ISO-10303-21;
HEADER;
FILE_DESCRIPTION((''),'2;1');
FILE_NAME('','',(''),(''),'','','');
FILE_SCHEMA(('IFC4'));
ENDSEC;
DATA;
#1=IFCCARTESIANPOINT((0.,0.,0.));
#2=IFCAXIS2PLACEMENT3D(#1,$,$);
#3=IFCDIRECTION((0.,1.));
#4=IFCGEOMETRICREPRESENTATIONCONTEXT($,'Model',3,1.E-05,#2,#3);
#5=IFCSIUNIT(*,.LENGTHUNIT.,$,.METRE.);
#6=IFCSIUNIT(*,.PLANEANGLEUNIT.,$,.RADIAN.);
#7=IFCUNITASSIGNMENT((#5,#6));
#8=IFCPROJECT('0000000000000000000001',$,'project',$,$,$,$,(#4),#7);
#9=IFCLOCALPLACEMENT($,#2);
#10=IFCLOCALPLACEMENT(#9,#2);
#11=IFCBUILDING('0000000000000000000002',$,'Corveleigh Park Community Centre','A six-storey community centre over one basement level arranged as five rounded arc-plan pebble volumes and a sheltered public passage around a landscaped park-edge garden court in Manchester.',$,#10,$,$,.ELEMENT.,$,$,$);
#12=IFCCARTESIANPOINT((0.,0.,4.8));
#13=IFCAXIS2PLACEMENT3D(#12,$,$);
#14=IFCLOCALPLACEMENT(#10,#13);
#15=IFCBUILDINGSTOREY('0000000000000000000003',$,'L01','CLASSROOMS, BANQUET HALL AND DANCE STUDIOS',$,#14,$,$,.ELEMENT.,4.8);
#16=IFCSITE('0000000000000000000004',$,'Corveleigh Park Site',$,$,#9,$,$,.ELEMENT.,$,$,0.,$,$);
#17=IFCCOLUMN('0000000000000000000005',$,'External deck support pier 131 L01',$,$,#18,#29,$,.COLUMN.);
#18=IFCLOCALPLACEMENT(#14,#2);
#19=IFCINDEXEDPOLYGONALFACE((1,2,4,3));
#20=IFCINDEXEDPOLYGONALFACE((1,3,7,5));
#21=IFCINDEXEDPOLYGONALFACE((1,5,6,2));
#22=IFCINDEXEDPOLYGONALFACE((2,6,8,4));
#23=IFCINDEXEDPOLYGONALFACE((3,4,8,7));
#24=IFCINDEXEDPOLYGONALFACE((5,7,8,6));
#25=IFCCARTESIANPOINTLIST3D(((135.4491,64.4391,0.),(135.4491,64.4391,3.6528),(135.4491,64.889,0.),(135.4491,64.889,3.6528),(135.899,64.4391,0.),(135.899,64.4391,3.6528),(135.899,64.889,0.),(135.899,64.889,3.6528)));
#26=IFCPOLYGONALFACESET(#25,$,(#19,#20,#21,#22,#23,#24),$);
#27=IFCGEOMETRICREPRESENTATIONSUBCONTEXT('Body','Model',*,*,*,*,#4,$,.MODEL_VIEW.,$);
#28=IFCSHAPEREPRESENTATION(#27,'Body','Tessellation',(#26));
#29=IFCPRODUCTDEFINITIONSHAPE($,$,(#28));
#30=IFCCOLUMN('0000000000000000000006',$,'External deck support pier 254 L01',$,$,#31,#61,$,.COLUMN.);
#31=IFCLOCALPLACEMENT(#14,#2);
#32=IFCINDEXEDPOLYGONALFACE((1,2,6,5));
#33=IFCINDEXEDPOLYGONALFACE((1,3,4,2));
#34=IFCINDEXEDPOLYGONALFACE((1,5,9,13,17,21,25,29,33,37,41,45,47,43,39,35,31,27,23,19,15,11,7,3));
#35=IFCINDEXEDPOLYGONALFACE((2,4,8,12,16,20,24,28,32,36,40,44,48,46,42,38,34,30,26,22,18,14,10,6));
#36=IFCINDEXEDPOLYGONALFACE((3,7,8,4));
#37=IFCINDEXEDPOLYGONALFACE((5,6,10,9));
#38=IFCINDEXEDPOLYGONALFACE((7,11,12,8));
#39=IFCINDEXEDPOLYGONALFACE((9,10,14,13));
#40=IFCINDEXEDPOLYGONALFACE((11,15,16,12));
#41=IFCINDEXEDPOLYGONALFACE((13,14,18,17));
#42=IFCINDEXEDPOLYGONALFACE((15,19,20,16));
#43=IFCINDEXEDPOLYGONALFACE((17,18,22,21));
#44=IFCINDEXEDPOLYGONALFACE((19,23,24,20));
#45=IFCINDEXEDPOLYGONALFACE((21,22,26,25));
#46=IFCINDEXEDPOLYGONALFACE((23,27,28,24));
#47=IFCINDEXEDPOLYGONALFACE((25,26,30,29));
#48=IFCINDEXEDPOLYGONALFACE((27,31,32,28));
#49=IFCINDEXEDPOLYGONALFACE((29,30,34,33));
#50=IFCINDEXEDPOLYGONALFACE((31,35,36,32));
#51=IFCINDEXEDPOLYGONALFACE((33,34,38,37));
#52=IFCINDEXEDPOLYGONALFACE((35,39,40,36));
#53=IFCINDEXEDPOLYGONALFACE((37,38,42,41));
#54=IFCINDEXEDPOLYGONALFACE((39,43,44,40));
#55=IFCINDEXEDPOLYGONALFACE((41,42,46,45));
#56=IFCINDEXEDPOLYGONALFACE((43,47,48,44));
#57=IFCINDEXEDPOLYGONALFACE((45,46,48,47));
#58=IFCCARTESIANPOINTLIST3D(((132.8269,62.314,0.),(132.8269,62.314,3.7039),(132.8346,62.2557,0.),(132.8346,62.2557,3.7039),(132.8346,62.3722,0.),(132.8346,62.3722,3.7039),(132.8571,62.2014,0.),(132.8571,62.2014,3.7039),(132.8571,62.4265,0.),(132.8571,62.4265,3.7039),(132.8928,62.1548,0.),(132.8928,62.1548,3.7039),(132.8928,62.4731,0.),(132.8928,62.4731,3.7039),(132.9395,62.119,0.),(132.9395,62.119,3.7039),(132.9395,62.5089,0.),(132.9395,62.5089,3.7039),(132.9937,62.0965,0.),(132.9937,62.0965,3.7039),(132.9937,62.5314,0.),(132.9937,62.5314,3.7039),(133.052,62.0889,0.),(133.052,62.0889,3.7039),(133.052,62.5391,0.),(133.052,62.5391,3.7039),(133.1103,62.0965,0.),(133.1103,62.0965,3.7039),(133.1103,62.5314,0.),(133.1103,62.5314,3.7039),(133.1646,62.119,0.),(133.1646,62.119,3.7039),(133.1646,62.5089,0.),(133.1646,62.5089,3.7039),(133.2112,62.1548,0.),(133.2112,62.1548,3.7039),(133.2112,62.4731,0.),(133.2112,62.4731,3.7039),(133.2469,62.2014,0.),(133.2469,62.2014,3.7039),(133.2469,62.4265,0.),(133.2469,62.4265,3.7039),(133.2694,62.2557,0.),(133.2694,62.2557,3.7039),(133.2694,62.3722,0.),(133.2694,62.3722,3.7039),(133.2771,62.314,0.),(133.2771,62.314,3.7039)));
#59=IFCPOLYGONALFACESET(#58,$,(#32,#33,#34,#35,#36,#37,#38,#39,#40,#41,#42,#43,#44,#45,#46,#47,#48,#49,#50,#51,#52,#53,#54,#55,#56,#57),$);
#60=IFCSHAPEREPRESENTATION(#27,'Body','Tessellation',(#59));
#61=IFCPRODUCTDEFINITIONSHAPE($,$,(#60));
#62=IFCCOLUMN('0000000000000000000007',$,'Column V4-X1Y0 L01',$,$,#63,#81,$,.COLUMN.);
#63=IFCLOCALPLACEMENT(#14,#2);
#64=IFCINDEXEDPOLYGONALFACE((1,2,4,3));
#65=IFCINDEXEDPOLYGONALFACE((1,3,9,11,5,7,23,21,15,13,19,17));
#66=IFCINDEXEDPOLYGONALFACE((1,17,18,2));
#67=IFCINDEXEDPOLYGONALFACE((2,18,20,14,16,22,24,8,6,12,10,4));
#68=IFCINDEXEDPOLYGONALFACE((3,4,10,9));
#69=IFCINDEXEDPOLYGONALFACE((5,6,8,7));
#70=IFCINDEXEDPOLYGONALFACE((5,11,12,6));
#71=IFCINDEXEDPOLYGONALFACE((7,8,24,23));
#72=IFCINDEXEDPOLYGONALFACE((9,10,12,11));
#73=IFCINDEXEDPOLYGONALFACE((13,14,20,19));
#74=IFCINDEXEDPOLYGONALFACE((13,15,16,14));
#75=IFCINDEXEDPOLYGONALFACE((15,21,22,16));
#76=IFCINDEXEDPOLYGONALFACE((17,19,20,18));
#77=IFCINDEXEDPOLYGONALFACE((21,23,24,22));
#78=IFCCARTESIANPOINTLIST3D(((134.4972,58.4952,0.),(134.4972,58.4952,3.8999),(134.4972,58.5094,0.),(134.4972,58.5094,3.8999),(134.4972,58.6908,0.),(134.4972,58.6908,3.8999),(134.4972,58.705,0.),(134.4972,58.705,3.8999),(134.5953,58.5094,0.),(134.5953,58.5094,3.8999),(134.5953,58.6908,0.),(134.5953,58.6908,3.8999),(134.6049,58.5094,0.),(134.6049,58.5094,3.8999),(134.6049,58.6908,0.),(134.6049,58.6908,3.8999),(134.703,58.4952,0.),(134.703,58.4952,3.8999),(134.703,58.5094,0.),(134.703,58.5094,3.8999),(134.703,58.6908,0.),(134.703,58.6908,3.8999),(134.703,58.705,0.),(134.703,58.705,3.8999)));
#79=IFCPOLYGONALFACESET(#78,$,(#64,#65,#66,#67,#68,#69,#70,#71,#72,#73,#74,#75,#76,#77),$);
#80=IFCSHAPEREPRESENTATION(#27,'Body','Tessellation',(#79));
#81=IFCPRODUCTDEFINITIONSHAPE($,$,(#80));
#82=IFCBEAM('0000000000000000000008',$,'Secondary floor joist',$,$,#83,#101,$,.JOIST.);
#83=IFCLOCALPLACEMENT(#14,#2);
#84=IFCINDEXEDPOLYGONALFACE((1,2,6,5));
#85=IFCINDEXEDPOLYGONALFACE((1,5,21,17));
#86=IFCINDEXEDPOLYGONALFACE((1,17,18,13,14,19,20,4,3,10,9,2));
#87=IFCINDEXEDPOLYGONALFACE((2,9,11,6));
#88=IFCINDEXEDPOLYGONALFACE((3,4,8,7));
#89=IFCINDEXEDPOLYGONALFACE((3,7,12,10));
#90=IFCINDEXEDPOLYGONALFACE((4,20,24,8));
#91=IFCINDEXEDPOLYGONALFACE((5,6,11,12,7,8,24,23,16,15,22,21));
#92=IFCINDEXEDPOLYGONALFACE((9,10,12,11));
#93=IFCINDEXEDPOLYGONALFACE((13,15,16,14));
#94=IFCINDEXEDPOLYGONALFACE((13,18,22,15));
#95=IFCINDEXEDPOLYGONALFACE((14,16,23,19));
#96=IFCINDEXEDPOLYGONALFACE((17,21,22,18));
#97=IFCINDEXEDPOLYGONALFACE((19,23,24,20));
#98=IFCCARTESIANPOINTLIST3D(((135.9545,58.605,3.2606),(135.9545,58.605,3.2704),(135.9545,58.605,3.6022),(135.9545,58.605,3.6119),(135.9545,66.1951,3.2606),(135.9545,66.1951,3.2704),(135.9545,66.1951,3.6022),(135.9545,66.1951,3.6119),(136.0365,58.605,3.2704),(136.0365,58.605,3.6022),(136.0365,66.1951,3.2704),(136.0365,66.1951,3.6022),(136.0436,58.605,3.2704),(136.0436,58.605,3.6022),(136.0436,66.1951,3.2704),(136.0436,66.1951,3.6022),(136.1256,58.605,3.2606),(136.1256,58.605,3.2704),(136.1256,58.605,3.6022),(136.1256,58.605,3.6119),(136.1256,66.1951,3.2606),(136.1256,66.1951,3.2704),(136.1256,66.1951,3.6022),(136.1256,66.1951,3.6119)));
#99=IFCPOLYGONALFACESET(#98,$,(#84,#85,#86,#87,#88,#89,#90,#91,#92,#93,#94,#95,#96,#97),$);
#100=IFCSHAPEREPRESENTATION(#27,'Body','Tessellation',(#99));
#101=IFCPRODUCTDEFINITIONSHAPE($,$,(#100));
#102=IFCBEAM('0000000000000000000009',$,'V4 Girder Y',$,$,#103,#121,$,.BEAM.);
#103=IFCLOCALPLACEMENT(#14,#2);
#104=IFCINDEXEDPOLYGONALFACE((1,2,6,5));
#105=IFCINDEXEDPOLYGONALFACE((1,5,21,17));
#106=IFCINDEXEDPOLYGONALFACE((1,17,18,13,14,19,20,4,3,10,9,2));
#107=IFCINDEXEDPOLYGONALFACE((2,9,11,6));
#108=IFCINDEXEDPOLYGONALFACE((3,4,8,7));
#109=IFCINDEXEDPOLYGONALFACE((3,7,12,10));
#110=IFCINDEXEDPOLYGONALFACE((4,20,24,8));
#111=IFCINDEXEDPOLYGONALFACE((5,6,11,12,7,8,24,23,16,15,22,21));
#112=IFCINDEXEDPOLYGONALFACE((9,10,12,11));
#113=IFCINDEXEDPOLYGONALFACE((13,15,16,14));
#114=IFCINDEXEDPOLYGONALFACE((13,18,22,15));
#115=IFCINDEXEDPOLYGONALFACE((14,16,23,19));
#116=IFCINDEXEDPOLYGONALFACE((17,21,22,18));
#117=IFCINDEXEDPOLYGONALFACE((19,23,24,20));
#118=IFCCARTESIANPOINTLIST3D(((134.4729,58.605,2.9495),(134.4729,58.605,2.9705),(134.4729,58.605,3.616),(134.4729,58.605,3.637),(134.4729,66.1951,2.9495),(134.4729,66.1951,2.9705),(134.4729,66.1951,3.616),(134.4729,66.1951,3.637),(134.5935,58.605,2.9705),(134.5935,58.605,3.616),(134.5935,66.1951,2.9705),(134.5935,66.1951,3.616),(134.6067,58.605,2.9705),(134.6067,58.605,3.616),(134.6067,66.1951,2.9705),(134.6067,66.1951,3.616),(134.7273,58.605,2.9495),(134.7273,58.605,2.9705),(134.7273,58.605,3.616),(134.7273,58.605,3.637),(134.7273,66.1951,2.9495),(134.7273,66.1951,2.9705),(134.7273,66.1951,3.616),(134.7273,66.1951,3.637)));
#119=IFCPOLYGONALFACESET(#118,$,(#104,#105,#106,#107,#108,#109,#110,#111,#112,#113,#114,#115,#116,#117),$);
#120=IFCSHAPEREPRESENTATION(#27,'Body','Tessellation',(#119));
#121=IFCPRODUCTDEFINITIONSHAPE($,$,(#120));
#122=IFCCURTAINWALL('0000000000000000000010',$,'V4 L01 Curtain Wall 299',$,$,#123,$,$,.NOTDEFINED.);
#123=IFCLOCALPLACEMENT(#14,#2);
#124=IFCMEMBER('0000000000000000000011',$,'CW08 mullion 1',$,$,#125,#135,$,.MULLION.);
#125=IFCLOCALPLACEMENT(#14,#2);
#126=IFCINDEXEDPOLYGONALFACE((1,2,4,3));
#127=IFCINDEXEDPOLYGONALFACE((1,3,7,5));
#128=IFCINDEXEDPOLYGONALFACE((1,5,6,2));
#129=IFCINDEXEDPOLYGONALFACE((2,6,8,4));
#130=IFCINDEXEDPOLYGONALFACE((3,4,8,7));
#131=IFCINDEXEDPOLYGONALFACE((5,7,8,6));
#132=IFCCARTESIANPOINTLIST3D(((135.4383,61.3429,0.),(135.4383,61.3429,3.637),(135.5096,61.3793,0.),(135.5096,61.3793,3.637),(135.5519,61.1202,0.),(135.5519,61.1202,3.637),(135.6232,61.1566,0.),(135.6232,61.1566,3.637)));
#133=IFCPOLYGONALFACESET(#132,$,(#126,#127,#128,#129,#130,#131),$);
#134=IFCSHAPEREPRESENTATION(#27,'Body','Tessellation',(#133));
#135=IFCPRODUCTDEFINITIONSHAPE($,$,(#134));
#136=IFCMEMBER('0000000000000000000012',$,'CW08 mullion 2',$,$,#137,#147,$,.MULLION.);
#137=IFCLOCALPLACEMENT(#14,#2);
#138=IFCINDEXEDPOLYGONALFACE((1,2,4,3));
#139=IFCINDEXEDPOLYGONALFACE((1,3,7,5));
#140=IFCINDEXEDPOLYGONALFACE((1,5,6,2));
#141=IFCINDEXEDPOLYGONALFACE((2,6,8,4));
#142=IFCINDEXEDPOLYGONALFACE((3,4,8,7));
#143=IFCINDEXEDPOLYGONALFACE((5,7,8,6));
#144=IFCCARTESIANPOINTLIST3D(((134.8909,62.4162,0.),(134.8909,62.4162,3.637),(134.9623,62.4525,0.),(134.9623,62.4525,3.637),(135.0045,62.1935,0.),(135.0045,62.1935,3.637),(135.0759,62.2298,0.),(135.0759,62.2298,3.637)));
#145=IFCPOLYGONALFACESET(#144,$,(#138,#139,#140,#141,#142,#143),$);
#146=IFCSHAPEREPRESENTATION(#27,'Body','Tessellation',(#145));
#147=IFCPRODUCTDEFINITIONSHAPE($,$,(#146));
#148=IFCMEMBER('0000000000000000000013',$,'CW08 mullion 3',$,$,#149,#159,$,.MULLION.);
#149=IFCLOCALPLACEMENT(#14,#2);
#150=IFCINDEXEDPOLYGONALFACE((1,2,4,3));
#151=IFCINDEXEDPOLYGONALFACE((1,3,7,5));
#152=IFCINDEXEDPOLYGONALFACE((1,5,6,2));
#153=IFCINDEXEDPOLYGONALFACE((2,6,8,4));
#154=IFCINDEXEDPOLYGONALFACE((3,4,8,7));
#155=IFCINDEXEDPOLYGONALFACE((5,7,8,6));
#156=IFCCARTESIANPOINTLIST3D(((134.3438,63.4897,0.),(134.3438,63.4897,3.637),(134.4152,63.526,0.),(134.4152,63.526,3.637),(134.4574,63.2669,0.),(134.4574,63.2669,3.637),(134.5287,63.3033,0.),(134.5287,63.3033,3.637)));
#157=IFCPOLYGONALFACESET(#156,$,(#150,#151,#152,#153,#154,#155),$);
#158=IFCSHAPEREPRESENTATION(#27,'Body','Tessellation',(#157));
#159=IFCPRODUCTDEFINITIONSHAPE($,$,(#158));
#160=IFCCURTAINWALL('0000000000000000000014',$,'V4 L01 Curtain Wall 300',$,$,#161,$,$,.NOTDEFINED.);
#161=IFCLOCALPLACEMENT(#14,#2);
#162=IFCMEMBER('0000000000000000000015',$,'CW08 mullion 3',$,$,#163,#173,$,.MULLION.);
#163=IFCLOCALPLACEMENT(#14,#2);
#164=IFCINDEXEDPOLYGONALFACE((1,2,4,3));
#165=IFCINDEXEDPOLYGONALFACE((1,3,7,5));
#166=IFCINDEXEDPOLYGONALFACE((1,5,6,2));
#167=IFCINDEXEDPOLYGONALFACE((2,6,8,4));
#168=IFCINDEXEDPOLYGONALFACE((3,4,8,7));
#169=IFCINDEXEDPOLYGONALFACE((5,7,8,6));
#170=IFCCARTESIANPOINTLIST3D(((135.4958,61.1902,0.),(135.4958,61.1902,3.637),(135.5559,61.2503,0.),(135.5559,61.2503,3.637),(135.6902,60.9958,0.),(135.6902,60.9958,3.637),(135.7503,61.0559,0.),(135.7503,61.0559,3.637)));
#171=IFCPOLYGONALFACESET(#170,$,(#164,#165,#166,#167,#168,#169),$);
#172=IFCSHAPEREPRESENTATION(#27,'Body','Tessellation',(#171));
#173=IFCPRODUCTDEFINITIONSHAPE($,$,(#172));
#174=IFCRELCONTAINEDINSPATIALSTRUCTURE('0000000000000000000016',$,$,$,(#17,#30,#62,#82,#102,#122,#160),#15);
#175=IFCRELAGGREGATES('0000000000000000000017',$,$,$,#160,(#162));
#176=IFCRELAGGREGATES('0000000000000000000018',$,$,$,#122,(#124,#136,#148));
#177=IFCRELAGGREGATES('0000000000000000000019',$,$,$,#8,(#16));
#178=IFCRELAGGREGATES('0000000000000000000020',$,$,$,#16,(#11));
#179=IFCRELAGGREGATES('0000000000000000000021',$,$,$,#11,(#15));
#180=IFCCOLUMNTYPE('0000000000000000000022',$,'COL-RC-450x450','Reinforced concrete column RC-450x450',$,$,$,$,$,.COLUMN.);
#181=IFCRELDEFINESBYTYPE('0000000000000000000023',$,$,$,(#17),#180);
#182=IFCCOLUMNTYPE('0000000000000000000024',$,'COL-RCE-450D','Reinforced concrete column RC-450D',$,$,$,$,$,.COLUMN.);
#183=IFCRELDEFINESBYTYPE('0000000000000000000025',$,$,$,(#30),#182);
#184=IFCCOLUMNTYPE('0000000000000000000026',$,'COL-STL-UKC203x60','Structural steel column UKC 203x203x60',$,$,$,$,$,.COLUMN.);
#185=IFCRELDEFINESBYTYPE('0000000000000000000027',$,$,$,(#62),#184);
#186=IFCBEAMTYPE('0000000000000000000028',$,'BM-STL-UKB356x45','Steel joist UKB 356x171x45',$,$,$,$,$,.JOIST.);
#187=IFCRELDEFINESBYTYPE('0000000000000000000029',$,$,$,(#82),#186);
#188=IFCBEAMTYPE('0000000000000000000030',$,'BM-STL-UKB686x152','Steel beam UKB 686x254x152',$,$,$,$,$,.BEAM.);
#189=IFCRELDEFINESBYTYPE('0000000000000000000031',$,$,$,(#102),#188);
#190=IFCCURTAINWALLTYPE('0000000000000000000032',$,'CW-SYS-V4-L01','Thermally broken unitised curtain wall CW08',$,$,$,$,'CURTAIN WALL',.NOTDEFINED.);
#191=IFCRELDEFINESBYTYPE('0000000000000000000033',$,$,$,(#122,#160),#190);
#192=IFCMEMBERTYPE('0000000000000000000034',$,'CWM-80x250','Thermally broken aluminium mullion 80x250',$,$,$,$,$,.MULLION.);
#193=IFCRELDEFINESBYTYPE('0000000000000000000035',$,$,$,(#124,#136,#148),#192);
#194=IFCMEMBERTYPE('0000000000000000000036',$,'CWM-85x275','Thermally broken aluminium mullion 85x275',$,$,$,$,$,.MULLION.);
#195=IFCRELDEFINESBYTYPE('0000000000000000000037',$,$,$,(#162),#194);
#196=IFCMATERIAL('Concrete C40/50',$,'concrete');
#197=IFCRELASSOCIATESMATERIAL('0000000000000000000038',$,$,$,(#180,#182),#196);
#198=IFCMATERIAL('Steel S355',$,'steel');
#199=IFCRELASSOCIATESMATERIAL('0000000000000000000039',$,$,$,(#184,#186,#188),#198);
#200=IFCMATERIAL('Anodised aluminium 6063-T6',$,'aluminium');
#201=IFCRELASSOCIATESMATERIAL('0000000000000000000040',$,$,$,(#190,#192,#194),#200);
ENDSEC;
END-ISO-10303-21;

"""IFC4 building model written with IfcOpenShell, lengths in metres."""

from ifc_helpers import new_model, si_unit, direction, frame, origin, origin_2d, place, context, subcontext, project, spatial, rectangle, circle, i_section, extrude, material, material_profile, profile_set, type_object, element, aggregate, save


model = new_model("IFC4")

# Units and contexts
model_context = context("Model", 3, precision=1e-05, world=origin(), true_north=direction((0.0, 1.0)))
body_context = subcontext(model_context, "Body", "Model", "MODEL_VIEW")
ifc_project = project(units=[si_unit("LENGTHUNIT", "METRE"), si_unit("PLANEANGLEUNIT", "RADIAN")], contexts=[model_context])

# Site, building, storey
site_placement = place(None, origin())
site = spatial("IfcSite", under=ifc_project, at=site_placement, Name="Corveleigh Park Site", CompositionType="ELEMENT", RefElevation=0.0)
building_placement = place(site_placement, origin())
building = spatial("IfcBuilding", under=site, at=building_placement, Name="Corveleigh Park Community Centre", Description="A six-storey community centre over one basement level arranged as five rounded arc-plan pebble volumes and a sheltered public passage around a landscaped park-edge garden court in Manchester.", CompositionType="ELEMENT")
storey_placement = place(building_placement, frame((0.0, 0.0, 4.8)))
storey = spatial("IfcBuildingStorey", under=building, at=storey_placement, Name="L01", Description="CLASSROOMS, BANQUET HALL AND DANCE STUDIOS", CompositionType="ELEMENT", Elevation=4.8)

# Columns
ifc_material_1 = material(Name="Concrete C40/50", Category="concrete")
ifc_material_profile_1 = material_profile(ifc_material_1, rectangle(XDim=0.45, YDim=0.45, at=origin_2d()), Name="RC-450x450", Category="concrete")
ifc_profile_set_1 = profile_set([ifc_material_profile_1], Name="Concrete C40/50")
column_type_1 = type_object("IfcColumnType", Name="COL-RC-450x450", Description="Reinforced concrete column RC-450x450", PredefinedType="COLUMN", material=ifc_profile_set_1)
column_1_placement = place(storey_placement, frame((135.6741, 64.6641, 0.0), z_axis=(0.0, 0.0, 1.0), x_axis=(1.0, 0.0, 0.0)))
element("IfcColumn", 1, at=column_1_placement, inside=storey, type_object=column_type_1, Name="External deck support pier 131 L01", PredefinedType="COLUMN", context=body_context, shape_type="SweptSolid", body=[
    extrude(rectangle(XDim=0.45, YDim=0.45, at=origin_2d()), origin(), (0.0, 0.0, 1.0), 3.6528),
])
ifc_material_profile_2 = material_profile(ifc_material_1, circle(Radius=0.2251, at=origin_2d()), Name="RC-450D", Category="concrete")
ifc_profile_set_2 = profile_set([ifc_material_profile_2], Name="Concrete C40/50")
column_type_2 = type_object("IfcColumnType", Name="COL-RCE-450D", Description="Reinforced concrete column RC-450D", PredefinedType="COLUMN", material=ifc_profile_set_2)
column_2_placement = place(storey_placement, frame((133.052, 62.314, 0.0), z_axis=(0.0, 0.0, 1.0), x_axis=(1.0, 0.0, 0.0)))
element("IfcColumn", 2, at=column_2_placement, inside=storey, type_object=column_type_2, Name="External deck support pier 254 L01", PredefinedType="COLUMN", context=body_context, shape_type="SweptSolid", body=[
    extrude(circle(Radius=0.2251, at=origin_2d()), origin(), (0.0, 0.0, 1.0), 3.7039),
])
ifc_material_2 = material(Name="Steel S355", Category="steel")
ifc_material_profile_3 = material_profile(ifc_material_2, i_section(OverallWidth=0.2058, OverallDepth=0.2097, WebThickness=0.0095, FlangeThickness=0.0142, at=origin_2d()), Name="UKC 203x203x60", Category="steel")
ifc_profile_set_3 = profile_set([ifc_material_profile_3], Name="Steel S355")
column_type_3 = type_object("IfcColumnType", Name="COL-STL-UKC203x60", Description="Structural steel column UKC 203x203x60", PredefinedType="COLUMN", material=ifc_profile_set_3)
column_3_placement = place(storey_placement, frame((134.6001, 58.6001, 0.0), z_axis=(0.0, 0.0, 1.0), x_axis=(1.0, 0.0, 0.0)))
element("IfcColumn", 3, at=column_3_placement, inside=storey, type_object=column_type_3, Name="Column V4-X1Y0 L01", PredefinedType="COLUMN", context=body_context, shape_type="SweptSolid", body=[
    extrude(i_section(OverallWidth=0.2058, OverallDepth=0.2097, WebThickness=0.0095, FlangeThickness=0.0142, at=origin_2d()), origin(), (0.0, 0.0, 1.0), 3.8999),
])

# Beams
ifc_material_profile_4 = material_profile(ifc_material_2, i_section(OverallWidth=0.1711, OverallDepth=0.3513, WebThickness=0.0071, FlangeThickness=0.0098, at=origin_2d()), Name="UKB 356x171x45", Category="steel")
ifc_profile_set_4 = profile_set([ifc_material_profile_4], Name="Steel S355")
beam_type_1 = type_object("IfcBeamType", Name="BM-STL-UKB356x45", Description="Steel joist UKB 356x171x45", PredefinedType="JOIST", material=ifc_profile_set_4)
beam_1_placement = place(storey_placement, frame((136.04, 58.605, 3.4363), z_axis=(0.0, 1.0, 0.0), x_axis=(-1.0, 0.0, 0.0)))
element("IfcBeam", 4, at=beam_1_placement, inside=storey, type_object=beam_type_1, Name="Secondary floor joist", PredefinedType="JOIST", context=body_context, shape_type="SweptSolid", body=[
    extrude(i_section(OverallWidth=0.1711, OverallDepth=0.3513, WebThickness=0.0071, FlangeThickness=0.0098, at=origin_2d()), origin(), (0.0, 0.0, 1.0), 7.5901),
])
ifc_material_profile_5 = material_profile(ifc_material_2, i_section(OverallWidth=0.2544, OverallDepth=0.6875, WebThickness=0.0132, FlangeThickness=0.021, at=origin_2d()), Name="UKB 686x254x152", Category="steel")
ifc_profile_set_5 = profile_set([ifc_material_profile_5], Name="Steel S355")
beam_type_2 = type_object("IfcBeamType", Name="BM-STL-UKB686x152", Description="Steel beam UKB 686x254x152", PredefinedType="BEAM", material=ifc_profile_set_5)
beam_2_placement = place(storey_placement, frame((134.6001, 58.605, 3.2932), z_axis=(0.0, 1.0, 0.0), x_axis=(-1.0, 0.0, 0.0)))
element("IfcBeam", 5, at=beam_2_placement, inside=storey, type_object=beam_type_2, Name="V4 Girder Y", PredefinedType="BEAM", context=body_context, shape_type="SweptSolid", body=[
    extrude(i_section(OverallWidth=0.2544, OverallDepth=0.6875, WebThickness=0.0132, FlangeThickness=0.021, at=origin_2d()), origin(), (0.0, 0.0, 1.0), 7.5901),
])

# Curtain wall, members
ifc_material_3 = material(Name="Anodised aluminium 6063-T6", Category="aluminium")
curtain_wall_type = type_object("IfcCurtainWallType", Name="CW-SYS-V4-L01", Description="Thermally broken unitised curtain wall CW08", ElementType="CURTAIN WALL", PredefinedType="NOTDEFINED", material=ifc_material_3)
curtain_wall_1_placement = place(storey_placement, origin())
curtain_wall_1 = element("IfcCurtainWall", 6, at=curtain_wall_1_placement, inside=storey, type_object=curtain_wall_type, Name="V4 L01 Curtain Wall 299", PredefinedType="NOTDEFINED")
ifc_material_profile_6 = material_profile(ifc_material_3, rectangle(XDim=0.0801, YDim=0.25, at=origin_2d()), Name="ALU-M80x250", Category="aluminium")
ifc_profile_set_6 = profile_set([ifc_material_profile_6], Name="Anodised aluminium 6063-T6")
member_type_1 = type_object("IfcMemberType", Name="CWM-80x250", Description="Thermally broken aluminium mullion 80x250", PredefinedType="MULLION", material=ifc_profile_set_6)
member_1_placement = place(storey_placement, frame((135.5308, 61.2498, 0.0), z_axis=(0.0, 0.0, 1.0), x_axis=(-0.890865, -0.454269, 0.0)))
member_1 = element("IfcMember", 7, at=member_1_placement, type_object=member_type_1, Name="CW08 mullion 1", PredefinedType="MULLION", context=body_context, shape_type="SweptSolid", body=[
    extrude(rectangle(XDim=0.0801, YDim=0.25, at=origin_2d()), origin(), (0.0, 0.0, 1.0), 3.637),
])
member_2_placement = place(storey_placement, frame((134.9834, 62.323, 0.0), z_axis=(0.0, 0.0, 1.0), x_axis=(-0.890865, -0.454269, 0.0)))
member_2 = element("IfcMember", 8, at=member_2_placement, type_object=member_type_1, Name="CW08 mullion 2", PredefinedType="MULLION", context=body_context, shape_type="SweptSolid", body=[
    extrude(rectangle(XDim=0.0801, YDim=0.25, at=origin_2d()), origin(), (0.0, 0.0, 1.0), 3.637),
])
member_3_placement = place(storey_placement, frame((134.4363, 63.3965, 0.0), z_axis=(0.0, 0.0, 1.0), x_axis=(-0.890865, -0.454269, 0.0)))
member_3 = element("IfcMember", 9, at=member_3_placement, type_object=member_type_1, Name="CW08 mullion 3", PredefinedType="MULLION", context=body_context, shape_type="SweptSolid", body=[
    extrude(rectangle(XDim=0.0801, YDim=0.25, at=origin_2d()), origin(), (0.0, 0.0, 1.0), 3.637),
])

# Curtain wall, member
curtain_wall_2_placement = place(storey_placement, origin())
curtain_wall_2 = element("IfcCurtainWall", 10, at=curtain_wall_2_placement, inside=storey, type_object=curtain_wall_type, Name="V4 L01 Curtain Wall 300", PredefinedType="NOTDEFINED")
ifc_material_profile_7 = material_profile(ifc_material_3, rectangle(XDim=0.085, YDim=0.2749, at=origin_2d()), Name="ALU-M85x275", Category="aluminium")
ifc_profile_set_7 = profile_set([ifc_material_profile_7], Name="Anodised aluminium 6063-T6")
member_type_2 = type_object("IfcMemberType", Name="CWM-85x275", Description="Thermally broken aluminium mullion 85x275", PredefinedType="MULLION", material=ifc_profile_set_7)
member_4_placement = place(storey_placement, frame((135.623, 61.123, 0.0), z_axis=(0.0, 0.0, 1.0), x_axis=(-0.707107, -0.707107, 0.0)))
member_4 = element("IfcMember", 11, at=member_4_placement, type_object=member_type_2, Name="CW08 mullion 3", PredefinedType="MULLION", context=body_context, shape_type="SweptSolid", body=[
    extrude(rectangle(XDim=0.085, YDim=0.2749, at=origin_2d()), origin(), (0.0, 0.0, 1.0), 3.637),
])
aggregate(curtain_wall_2, [member_4])

aggregate(curtain_wall_1, [member_1, member_2, member_3])

save(model, "model.ifc")
